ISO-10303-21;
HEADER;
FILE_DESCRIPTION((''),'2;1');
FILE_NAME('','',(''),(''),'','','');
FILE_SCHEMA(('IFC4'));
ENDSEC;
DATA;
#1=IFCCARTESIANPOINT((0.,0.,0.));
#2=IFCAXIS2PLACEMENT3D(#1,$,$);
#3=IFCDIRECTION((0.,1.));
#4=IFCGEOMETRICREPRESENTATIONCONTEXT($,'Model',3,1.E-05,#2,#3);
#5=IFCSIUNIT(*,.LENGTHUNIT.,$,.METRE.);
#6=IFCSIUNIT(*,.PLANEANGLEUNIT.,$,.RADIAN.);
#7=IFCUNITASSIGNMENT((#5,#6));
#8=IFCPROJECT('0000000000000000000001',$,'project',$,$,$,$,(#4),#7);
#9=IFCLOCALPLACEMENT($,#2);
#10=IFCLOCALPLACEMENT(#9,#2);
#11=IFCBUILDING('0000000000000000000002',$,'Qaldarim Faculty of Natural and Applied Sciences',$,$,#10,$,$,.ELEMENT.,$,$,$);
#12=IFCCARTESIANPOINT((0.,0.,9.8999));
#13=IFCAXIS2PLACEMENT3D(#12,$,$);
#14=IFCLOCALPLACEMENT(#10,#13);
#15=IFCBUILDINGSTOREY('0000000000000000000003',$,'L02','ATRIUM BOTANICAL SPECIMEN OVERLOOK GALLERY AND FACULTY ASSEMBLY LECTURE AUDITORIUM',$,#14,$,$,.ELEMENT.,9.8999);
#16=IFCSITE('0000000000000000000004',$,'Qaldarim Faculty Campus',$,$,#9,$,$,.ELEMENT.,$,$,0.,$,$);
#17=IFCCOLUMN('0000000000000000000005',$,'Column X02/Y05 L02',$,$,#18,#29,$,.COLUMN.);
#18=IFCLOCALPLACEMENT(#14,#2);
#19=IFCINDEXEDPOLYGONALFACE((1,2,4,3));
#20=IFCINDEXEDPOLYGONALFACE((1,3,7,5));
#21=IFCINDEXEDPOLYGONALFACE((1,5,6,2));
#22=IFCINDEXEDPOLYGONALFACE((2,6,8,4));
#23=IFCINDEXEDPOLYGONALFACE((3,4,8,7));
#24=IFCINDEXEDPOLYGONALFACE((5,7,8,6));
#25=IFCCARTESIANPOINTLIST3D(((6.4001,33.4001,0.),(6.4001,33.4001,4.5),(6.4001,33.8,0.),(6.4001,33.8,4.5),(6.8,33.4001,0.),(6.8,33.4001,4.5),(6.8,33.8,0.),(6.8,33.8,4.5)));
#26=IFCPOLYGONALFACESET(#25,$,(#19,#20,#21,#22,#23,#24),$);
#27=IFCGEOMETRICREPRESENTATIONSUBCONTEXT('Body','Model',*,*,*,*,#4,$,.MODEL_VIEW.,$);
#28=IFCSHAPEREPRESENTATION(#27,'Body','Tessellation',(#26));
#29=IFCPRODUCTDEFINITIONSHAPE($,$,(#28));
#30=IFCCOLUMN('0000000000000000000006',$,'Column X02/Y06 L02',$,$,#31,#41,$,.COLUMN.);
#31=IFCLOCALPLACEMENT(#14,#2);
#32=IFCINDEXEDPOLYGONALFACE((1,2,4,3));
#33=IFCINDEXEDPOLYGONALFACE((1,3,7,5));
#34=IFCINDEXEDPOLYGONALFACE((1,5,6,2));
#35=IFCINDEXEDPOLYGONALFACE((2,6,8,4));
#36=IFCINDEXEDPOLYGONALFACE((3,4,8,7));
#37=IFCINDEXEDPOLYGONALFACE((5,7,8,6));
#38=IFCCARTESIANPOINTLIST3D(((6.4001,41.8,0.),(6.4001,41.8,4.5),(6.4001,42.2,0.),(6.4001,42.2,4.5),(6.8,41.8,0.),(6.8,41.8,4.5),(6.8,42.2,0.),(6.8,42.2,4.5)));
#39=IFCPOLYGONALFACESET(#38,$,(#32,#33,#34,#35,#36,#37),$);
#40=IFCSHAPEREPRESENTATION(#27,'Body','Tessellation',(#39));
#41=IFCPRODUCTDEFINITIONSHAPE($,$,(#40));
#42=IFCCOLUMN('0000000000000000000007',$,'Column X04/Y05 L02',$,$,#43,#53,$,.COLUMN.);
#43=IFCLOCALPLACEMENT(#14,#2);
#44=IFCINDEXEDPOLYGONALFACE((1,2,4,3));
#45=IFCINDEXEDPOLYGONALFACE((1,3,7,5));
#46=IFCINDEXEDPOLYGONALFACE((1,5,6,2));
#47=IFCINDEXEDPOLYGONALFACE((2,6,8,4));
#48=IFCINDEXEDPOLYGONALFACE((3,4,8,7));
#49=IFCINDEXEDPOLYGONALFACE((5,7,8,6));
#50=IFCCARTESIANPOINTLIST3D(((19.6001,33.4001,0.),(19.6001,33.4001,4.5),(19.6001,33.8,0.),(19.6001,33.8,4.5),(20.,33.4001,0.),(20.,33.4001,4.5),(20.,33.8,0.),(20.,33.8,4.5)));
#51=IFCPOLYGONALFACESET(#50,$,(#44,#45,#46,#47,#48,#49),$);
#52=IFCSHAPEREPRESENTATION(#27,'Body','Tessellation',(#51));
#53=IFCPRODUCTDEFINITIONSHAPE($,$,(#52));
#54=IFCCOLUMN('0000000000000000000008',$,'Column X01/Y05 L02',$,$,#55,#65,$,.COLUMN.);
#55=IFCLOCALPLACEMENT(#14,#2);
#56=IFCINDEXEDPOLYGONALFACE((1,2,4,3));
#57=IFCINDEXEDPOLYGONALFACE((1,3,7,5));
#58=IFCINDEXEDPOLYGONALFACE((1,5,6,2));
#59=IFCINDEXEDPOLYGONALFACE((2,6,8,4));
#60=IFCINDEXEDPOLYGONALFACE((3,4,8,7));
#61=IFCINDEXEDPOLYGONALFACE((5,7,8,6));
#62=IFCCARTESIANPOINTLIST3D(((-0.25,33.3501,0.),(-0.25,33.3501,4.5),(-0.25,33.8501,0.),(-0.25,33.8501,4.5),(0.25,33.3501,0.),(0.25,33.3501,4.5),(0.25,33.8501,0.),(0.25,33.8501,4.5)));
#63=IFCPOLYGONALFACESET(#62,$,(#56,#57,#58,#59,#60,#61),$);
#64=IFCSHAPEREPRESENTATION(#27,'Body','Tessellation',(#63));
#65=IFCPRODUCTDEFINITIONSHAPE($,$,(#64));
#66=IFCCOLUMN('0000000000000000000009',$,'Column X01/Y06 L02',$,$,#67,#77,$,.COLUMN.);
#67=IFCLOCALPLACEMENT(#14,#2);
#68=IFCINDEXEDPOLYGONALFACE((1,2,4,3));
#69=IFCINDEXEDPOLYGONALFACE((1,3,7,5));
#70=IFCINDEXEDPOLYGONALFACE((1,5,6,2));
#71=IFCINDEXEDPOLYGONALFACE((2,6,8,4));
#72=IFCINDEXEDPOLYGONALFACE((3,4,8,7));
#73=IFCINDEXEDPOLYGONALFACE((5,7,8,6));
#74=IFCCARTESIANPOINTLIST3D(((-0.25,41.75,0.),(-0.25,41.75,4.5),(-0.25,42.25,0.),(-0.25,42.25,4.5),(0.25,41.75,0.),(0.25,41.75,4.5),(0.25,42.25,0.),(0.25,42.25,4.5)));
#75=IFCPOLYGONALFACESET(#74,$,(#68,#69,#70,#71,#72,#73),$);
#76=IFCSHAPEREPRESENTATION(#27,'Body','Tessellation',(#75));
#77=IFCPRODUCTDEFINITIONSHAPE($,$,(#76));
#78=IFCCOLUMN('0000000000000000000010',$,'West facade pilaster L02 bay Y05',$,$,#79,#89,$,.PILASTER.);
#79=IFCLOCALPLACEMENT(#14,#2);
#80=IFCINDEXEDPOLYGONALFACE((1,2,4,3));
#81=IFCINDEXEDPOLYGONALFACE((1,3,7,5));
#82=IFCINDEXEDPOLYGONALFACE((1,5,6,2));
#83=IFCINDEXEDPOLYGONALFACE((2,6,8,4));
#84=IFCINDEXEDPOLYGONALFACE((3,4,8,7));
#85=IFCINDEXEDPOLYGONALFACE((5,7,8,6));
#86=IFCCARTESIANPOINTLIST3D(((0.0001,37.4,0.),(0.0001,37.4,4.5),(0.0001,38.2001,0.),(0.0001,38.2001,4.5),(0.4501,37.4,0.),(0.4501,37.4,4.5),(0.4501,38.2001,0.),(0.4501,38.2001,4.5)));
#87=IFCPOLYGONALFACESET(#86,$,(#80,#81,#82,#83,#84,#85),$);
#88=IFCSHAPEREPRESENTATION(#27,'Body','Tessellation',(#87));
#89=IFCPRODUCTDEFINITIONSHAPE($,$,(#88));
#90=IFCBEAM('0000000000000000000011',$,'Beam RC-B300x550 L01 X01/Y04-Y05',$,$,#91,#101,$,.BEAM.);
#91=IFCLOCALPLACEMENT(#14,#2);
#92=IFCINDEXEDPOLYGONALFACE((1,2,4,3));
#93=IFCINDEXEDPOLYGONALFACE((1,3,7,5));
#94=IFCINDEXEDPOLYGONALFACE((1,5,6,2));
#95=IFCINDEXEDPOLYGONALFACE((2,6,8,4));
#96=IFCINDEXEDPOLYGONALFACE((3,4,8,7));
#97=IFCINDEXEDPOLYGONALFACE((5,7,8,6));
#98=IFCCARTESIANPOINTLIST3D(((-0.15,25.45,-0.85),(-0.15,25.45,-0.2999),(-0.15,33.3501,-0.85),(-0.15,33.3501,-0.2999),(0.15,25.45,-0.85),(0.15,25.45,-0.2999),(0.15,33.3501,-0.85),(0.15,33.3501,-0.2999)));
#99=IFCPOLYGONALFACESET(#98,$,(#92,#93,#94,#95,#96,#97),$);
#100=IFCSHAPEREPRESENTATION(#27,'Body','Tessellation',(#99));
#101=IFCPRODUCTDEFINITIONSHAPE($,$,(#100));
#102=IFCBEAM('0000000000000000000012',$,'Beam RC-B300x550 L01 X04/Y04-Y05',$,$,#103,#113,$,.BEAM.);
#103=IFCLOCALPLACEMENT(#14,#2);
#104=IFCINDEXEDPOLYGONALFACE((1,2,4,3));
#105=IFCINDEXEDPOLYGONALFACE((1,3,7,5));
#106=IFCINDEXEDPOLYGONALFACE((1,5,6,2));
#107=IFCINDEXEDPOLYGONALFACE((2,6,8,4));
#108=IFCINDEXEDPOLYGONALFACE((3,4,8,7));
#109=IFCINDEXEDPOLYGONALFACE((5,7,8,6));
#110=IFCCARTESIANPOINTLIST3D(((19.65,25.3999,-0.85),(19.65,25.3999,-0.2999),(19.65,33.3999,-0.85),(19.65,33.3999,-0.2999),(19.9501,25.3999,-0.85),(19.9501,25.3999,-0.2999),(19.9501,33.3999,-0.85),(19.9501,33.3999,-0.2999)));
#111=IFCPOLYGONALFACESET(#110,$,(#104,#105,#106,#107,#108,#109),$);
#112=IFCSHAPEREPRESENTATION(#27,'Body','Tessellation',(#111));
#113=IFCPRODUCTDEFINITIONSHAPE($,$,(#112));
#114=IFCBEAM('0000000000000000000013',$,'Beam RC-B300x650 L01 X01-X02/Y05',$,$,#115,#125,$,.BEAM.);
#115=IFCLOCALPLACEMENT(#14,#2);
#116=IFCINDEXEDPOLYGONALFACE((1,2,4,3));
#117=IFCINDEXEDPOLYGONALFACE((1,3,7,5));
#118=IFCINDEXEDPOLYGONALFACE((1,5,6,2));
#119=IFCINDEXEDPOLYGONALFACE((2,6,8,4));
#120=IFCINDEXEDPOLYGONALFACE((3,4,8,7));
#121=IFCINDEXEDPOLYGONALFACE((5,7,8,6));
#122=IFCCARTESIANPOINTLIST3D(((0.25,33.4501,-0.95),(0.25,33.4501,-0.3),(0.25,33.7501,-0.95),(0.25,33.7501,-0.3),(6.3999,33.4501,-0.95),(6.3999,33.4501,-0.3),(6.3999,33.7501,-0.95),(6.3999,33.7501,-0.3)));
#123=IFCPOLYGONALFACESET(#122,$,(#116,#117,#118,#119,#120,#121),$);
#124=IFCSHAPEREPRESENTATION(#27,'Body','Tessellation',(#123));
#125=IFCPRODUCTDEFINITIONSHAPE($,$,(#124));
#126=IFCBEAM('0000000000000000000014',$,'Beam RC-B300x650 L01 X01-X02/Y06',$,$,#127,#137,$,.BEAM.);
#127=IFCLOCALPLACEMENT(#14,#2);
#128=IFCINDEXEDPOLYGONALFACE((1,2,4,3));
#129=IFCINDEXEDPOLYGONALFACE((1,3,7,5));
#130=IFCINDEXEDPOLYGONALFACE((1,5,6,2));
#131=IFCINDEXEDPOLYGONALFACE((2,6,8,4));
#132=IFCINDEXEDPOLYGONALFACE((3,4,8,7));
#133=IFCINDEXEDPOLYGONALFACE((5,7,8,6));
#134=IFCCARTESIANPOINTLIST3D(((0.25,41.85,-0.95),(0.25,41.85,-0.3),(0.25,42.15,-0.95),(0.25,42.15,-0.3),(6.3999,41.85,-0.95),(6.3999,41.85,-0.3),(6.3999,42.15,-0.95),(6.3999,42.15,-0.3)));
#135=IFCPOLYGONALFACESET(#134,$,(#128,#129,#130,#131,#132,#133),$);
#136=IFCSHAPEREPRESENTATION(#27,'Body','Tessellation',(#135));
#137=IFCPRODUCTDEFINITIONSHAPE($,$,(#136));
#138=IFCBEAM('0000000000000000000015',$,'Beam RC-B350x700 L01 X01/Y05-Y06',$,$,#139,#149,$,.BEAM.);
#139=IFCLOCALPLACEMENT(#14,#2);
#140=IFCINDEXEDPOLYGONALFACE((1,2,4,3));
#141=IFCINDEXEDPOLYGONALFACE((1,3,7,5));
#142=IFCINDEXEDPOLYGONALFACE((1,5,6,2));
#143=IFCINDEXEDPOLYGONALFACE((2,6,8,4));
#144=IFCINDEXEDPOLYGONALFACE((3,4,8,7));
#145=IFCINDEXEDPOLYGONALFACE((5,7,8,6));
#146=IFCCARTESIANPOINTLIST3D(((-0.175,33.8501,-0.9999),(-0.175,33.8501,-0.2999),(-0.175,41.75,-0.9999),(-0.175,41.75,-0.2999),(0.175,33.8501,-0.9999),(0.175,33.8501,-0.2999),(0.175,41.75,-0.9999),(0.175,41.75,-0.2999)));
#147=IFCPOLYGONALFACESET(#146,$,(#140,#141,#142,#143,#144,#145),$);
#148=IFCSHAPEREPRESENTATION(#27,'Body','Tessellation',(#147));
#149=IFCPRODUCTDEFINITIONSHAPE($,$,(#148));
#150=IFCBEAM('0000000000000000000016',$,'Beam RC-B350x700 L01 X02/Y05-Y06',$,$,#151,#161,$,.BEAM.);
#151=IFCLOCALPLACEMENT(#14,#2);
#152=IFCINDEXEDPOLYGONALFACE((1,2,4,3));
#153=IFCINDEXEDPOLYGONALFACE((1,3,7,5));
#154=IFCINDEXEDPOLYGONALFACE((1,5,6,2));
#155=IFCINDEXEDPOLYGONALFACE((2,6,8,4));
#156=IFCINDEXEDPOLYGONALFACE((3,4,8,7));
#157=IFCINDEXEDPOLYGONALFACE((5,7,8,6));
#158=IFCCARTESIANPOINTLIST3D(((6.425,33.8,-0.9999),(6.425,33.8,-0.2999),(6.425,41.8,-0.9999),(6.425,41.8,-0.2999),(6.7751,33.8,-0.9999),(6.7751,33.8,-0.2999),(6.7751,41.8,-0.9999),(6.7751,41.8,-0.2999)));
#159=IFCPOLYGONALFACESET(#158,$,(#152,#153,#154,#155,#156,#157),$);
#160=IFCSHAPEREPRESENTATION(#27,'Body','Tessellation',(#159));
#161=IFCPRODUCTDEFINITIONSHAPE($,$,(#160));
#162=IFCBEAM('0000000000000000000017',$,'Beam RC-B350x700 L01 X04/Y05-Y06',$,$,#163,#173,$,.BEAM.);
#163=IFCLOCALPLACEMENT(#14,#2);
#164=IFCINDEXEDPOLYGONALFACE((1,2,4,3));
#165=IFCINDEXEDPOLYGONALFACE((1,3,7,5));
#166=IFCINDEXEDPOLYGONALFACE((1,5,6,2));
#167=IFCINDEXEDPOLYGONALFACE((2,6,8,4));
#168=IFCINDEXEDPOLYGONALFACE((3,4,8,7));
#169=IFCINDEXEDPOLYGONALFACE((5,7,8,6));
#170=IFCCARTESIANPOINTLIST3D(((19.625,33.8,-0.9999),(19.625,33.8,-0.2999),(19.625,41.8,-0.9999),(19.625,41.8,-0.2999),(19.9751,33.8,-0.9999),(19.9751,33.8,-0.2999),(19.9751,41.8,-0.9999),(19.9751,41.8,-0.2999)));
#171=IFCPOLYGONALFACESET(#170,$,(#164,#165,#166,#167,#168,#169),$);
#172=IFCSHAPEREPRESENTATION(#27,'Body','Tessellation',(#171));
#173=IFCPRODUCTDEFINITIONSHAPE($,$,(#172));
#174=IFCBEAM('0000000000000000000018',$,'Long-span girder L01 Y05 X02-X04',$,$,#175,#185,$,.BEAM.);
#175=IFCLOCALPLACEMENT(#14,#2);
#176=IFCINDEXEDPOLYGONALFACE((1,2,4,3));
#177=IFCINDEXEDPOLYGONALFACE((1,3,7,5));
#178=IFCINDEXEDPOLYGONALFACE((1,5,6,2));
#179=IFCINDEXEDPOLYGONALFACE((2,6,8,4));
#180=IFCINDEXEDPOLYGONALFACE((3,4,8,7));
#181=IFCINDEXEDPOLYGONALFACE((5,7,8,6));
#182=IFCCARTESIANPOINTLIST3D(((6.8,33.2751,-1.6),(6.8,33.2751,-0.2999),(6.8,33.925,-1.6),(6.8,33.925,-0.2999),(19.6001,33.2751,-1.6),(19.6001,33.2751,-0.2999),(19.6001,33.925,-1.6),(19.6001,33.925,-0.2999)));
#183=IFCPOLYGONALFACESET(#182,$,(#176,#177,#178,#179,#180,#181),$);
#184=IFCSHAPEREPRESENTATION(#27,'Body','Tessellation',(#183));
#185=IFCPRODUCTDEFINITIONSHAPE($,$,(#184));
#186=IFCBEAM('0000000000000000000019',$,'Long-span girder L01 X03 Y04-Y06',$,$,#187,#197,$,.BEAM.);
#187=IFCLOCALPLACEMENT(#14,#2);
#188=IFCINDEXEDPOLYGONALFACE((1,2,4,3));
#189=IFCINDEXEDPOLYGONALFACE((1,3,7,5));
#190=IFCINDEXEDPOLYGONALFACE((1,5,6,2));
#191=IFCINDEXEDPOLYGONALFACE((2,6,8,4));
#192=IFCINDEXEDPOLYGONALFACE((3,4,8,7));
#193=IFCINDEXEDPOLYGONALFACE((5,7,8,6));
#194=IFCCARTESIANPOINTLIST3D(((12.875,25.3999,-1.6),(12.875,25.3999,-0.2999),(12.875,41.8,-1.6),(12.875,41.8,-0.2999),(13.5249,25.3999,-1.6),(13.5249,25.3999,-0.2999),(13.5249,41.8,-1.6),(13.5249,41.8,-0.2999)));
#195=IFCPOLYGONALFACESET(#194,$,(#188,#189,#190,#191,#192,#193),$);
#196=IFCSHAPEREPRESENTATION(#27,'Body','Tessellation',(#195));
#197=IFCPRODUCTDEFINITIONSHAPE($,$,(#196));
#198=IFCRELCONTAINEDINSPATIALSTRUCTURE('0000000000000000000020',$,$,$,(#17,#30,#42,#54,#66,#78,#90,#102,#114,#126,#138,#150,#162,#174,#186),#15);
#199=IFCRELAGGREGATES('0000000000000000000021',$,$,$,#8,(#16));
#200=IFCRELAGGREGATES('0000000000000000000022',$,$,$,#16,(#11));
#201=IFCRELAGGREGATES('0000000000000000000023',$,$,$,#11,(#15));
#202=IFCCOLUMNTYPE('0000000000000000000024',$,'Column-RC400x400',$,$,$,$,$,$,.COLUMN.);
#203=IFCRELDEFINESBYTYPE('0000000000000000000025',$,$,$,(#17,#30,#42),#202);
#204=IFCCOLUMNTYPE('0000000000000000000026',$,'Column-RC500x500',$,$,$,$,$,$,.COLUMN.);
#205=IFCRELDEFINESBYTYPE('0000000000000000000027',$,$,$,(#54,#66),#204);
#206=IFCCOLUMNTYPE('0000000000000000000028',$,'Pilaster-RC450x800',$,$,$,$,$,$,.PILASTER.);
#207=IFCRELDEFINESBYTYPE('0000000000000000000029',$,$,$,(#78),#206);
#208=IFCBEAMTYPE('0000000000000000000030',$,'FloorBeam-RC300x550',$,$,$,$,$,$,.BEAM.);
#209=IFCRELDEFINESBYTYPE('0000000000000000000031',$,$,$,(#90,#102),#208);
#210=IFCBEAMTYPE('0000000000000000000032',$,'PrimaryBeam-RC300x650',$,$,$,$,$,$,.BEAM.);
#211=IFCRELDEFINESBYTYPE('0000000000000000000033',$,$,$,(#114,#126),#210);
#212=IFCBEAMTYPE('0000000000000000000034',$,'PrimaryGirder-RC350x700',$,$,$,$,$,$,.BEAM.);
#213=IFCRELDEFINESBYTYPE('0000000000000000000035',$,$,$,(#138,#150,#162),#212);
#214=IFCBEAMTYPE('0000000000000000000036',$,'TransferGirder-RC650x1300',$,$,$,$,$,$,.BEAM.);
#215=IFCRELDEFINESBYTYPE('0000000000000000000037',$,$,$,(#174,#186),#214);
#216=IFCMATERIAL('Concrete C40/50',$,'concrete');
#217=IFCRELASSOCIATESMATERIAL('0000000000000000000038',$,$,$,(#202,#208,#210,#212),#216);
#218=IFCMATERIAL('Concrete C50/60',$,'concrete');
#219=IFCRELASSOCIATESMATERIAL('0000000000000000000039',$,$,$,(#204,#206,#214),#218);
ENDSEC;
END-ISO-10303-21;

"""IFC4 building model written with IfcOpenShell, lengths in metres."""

from ifc_helpers import new_model, si_unit, direction, frame, origin, origin_2d, place, context, subcontext, project, spatial, rectangle, extrude, material, material_profile, profile_set, type_object, element, save


model = new_model("IFC4")

# Units and contexts
model_context = context("Model", 3, precision=1e-05, world=origin(), true_north=direction((0.0, 1.0)))
body_context = subcontext(model_context, "Body", "Model", "MODEL_VIEW")
ifc_project = project(units=[si_unit("LENGTHUNIT", "METRE"), si_unit("PLANEANGLEUNIT", "RADIAN")], contexts=[model_context])

# Site, building, storey
site_placement = place(None, origin())
site = spatial("IfcSite", under=ifc_project, at=site_placement, Name="Qaldarim Faculty Campus", CompositionType="ELEMENT", RefElevation=0.0)
building_placement = place(site_placement, origin())
building = spatial("IfcBuilding", under=site, at=building_placement, Name="Qaldarim Faculty of Natural and Applied Sciences", CompositionType="ELEMENT")
storey_placement = place(building_placement, frame((0.0, 0.0, 9.8999)))
storey = spatial("IfcBuildingStorey", under=building, at=storey_placement, Name="L02", Description="ATRIUM BOTANICAL SPECIMEN OVERLOOK GALLERY AND FACULTY ASSEMBLY LECTURE AUDITORIUM", CompositionType="ELEMENT", Elevation=9.8999)

# Columns
ifc_material_1 = material(Name="Concrete C40/50", Category="concrete")
ifc_material_profile_1 = material_profile(ifc_material_1, rectangle(XDim=0.3999, YDim=0.3999, at=origin_2d()), Name="RC-C400x400")
ifc_profile_set_1 = profile_set([ifc_material_profile_1], Name="Concrete C40/50")
column_type_1 = type_object("IfcColumnType", Name="Column-RC400x400", PredefinedType="COLUMN", material=ifc_profile_set_1)
for number, where, z_axis, x_axis, name in (
    (1, (6.6001, 33.6001, 0.0), (0.0, 0.0, 1.0), (1.0, 0.0, 0.0), "Column X02/Y05 L02"),
    (2, (6.6001, 42.0, 0.0), (0.0, 0.0, 1.0), (1.0, 0.0, 0.0), "Column X02/Y06 L02"),
    (3, (19.8, 33.6001, 0.0), (0.0, 0.0, 1.0), (1.0, 0.0, 0.0), "Column X04/Y05 L02"),
):
    element("IfcColumn", number, at=place(storey_placement, frame(where, z_axis=z_axis, x_axis=x_axis)), inside=storey, type_object=column_type_1, Name=name, PredefinedType="COLUMN", context=body_context, shape_type="SweptSolid", body=[
        extrude(rectangle(XDim=0.3999, YDim=0.3999, at=origin_2d()), origin(), (0.0, 0.0, 1.0), 4.5),
    ])
ifc_material_2 = material(Name="Concrete C50/60", Category="concrete")
ifc_material_profile_2 = material_profile(ifc_material_2, rectangle(XDim=0.5, YDim=0.5, at=origin_2d()), Name="RC-C500x500")
ifc_profile_set_2 = profile_set([ifc_material_profile_2], Name="Concrete C50/60")
column_type_2 = type_object("IfcColumnType", Name="Column-RC500x500", PredefinedType="COLUMN", material=ifc_profile_set_2)
for number, where, z_axis, x_axis, name in (
    (4, (0.0, 33.6001, 0.0), (0.0, 0.0, 1.0), (1.0, 0.0, 0.0), "Column X01/Y05 L02"),
    (5, (0.0, 42.0, 0.0), (0.0, 0.0, 1.0), (1.0, 0.0, 0.0), "Column X01/Y06 L02"),
):
    element("IfcColumn", number, at=place(storey_placement, frame(where, z_axis=z_axis, x_axis=x_axis)), inside=storey, type_object=column_type_2, Name=name, PredefinedType="COLUMN", context=body_context, shape_type="SweptSolid", body=[
        extrude(rectangle(XDim=0.5, YDim=0.5, at=origin_2d()), origin(), (0.0, 0.0, 1.0), 4.5),
    ])
ifc_material_profile_3 = material_profile(ifc_material_2, rectangle(XDim=0.45, YDim=0.8, at=origin_2d()), Name="RC-C450x800")
ifc_profile_set_3 = profile_set([ifc_material_profile_3], Name="Concrete C50/60")
column_type_3 = type_object("IfcColumnType", Name="Pilaster-RC450x800", PredefinedType="PILASTER", material=ifc_profile_set_3)
column_placement = place(storey_placement, frame((0.2251, 37.8, 0.0), z_axis=(0.0, 0.0, 1.0), x_axis=(1.0, 0.0, 0.0)))
element("IfcColumn", 6, at=column_placement, inside=storey, type_object=column_type_3, Name="West facade pilaster L02 bay Y05", PredefinedType="PILASTER", context=body_context, shape_type="SweptSolid", body=[
    extrude(rectangle(XDim=0.45, YDim=0.8, at=origin_2d()), origin(), (0.0, 0.0, 1.0), 4.5),
])

# Beams
ifc_material_profile_4 = material_profile(ifc_material_1, rectangle(XDim=0.3, YDim=0.55, at=origin_2d()), Name="RC-B300x550")
ifc_profile_set_4 = profile_set([ifc_material_profile_4], Name="Concrete C40/50")
beam_type_1 = type_object("IfcBeamType", Name="FloorBeam-RC300x550", PredefinedType="BEAM", material=ifc_profile_set_4)
beam_1_placement = place(storey_placement, frame((0.0, 25.45, -0.575), z_axis=(0.0, 1.0, 0.0), x_axis=(-1.0, 0.0, 0.0)))
element("IfcBeam", 7, at=beam_1_placement, inside=storey, type_object=beam_type_1, Name="Beam RC-B300x550 L01 X01/Y04-Y05", PredefinedType="BEAM", context=body_context, shape_type="SweptSolid", body=[
    extrude(rectangle(XDim=0.3, YDim=0.55, at=origin_2d()), origin(), (0.0, 0.0, 1.0), 7.9001),
])
beam_2_placement = place(storey_placement, frame((19.8, 25.3999, -0.575), z_axis=(0.0, 1.0, 0.0), x_axis=(-1.0, 0.0, 0.0)))
element("IfcBeam", 8, at=beam_2_placement, inside=storey, type_object=beam_type_1, Name="Beam RC-B300x550 L01 X04/Y04-Y05", PredefinedType="BEAM", context=body_context, shape_type="SweptSolid", body=[
    extrude(rectangle(XDim=0.3, YDim=0.55, at=origin_2d()), origin(), (0.0, 0.0, 1.0), 8.0),
])
ifc_material_profile_5 = material_profile(ifc_material_1, rectangle(XDim=0.3, YDim=0.6499, at=origin_2d()), Name="RC-B300x650")
ifc_profile_set_5 = profile_set([ifc_material_profile_5], Name="Concrete C40/50")
beam_type_2 = type_object("IfcBeamType", Name="PrimaryBeam-RC300x650", PredefinedType="BEAM", material=ifc_profile_set_5)
for number, where, z_axis, x_axis, name in (
    (9, (0.25, 33.6001, -0.625), (1.0, 0.0, 0.0), (0.0, 1.0, 0.0), "Beam RC-B300x650 L01 X01-X02/Y05"),
    (10, (0.25, 42.0, -0.625), (1.0, 0.0, 0.0), (0.0, 1.0, 0.0), "Beam RC-B300x650 L01 X01-X02/Y06"),
):
    element("IfcBeam", number, at=place(storey_placement, frame(where, z_axis=z_axis, x_axis=x_axis)), inside=storey, type_object=beam_type_2, Name=name, PredefinedType="BEAM", context=body_context, shape_type="SweptSolid", body=[
        extrude(rectangle(XDim=0.3, YDim=0.6499, at=origin_2d()), origin(), (0.0, 0.0, 1.0), 6.1499),
    ])
ifc_material_profile_6 = material_profile(ifc_material_1, rectangle(XDim=0.3501, YDim=0.7, at=origin_2d()), Name="RC-B350x700")
ifc_profile_set_6 = profile_set([ifc_material_profile_6], Name="Concrete C40/50")
beam_type_3 = type_object("IfcBeamType", Name="PrimaryGirder-RC350x700", PredefinedType="BEAM", material=ifc_profile_set_6)
beam_3_placement = place(storey_placement, frame((0.0, 33.8501, -0.6499), z_axis=(0.0, 1.0, 0.0), x_axis=(-1.0, 0.0, 0.0)))
element("IfcBeam", 11, at=beam_3_placement, inside=storey, type_object=beam_type_3, Name="Beam RC-B350x700 L01 X01/Y05-Y06", PredefinedType="BEAM", context=body_context, shape_type="SweptSolid", body=[
    extrude(rectangle(XDim=0.3501, YDim=0.7, at=origin_2d()), origin(), (0.0, 0.0, 1.0), 7.8999),
])
for number, where, z_axis, x_axis, name in (
    (12, (6.6001, 33.8, -0.6499), (0.0, 1.0, 0.0), (-1.0, 0.0, 0.0), "Beam RC-B350x700 L01 X02/Y05-Y06"),
    (13, (19.8, 33.8, -0.6499), (0.0, 1.0, 0.0), (-1.0, 0.0, 0.0), "Beam RC-B350x700 L01 X04/Y05-Y06"),
):
    element("IfcBeam", number, at=place(storey_placement, frame(where, z_axis=z_axis, x_axis=x_axis)), inside=storey, type_object=beam_type_3, Name=name, PredefinedType="BEAM", context=body_context, shape_type="SweptSolid", body=[
        extrude(rectangle(XDim=0.3501, YDim=0.7, at=origin_2d()), origin(), (0.0, 0.0, 1.0), 8.0),
    ])
ifc_material_profile_7 = material_profile(ifc_material_2, rectangle(XDim=0.6499, YDim=1.3, at=origin_2d()), Name="RC-TG650x1300")
ifc_profile_set_7 = profile_set([ifc_material_profile_7], Name="Concrete C50/60")
beam_type_4 = type_object("IfcBeamType", Name="TransferGirder-RC650x1300", PredefinedType="BEAM", material=ifc_profile_set_7)
beam_4_placement = place(storey_placement, frame((6.8, 33.6001, -0.95), z_axis=(1.0, 0.0, 0.0), x_axis=(0.0, 1.0, 0.0)))
element("IfcBeam", 14, at=beam_4_placement, inside=storey, type_object=beam_type_4, Name="Long-span girder L01 Y05 X02-X04", PredefinedType="BEAM", context=body_context, shape_type="SweptSolid", body=[
    extrude(rectangle(XDim=0.6499, YDim=1.3, at=origin_2d()), origin(), (0.0, 0.0, 1.0), 12.8),
])
beam_5_placement = place(storey_placement, frame((13.2, 25.3999, -0.95), z_axis=(0.0, 1.0, 0.0), x_axis=(-1.0, 0.0, 0.0)))
element("IfcBeam", 15, at=beam_5_placement, inside=storey, type_object=beam_type_4, Name="Long-span girder L01 X03 Y04-Y06", PredefinedType="BEAM", context=body_context, shape_type="SweptSolid", body=[
    extrude(rectangle(XDim=0.6499, YDim=1.3, at=origin_2d()), origin(), (0.0, 0.0, 1.0), 16.4001),
])

save(model, "model.ifc")
